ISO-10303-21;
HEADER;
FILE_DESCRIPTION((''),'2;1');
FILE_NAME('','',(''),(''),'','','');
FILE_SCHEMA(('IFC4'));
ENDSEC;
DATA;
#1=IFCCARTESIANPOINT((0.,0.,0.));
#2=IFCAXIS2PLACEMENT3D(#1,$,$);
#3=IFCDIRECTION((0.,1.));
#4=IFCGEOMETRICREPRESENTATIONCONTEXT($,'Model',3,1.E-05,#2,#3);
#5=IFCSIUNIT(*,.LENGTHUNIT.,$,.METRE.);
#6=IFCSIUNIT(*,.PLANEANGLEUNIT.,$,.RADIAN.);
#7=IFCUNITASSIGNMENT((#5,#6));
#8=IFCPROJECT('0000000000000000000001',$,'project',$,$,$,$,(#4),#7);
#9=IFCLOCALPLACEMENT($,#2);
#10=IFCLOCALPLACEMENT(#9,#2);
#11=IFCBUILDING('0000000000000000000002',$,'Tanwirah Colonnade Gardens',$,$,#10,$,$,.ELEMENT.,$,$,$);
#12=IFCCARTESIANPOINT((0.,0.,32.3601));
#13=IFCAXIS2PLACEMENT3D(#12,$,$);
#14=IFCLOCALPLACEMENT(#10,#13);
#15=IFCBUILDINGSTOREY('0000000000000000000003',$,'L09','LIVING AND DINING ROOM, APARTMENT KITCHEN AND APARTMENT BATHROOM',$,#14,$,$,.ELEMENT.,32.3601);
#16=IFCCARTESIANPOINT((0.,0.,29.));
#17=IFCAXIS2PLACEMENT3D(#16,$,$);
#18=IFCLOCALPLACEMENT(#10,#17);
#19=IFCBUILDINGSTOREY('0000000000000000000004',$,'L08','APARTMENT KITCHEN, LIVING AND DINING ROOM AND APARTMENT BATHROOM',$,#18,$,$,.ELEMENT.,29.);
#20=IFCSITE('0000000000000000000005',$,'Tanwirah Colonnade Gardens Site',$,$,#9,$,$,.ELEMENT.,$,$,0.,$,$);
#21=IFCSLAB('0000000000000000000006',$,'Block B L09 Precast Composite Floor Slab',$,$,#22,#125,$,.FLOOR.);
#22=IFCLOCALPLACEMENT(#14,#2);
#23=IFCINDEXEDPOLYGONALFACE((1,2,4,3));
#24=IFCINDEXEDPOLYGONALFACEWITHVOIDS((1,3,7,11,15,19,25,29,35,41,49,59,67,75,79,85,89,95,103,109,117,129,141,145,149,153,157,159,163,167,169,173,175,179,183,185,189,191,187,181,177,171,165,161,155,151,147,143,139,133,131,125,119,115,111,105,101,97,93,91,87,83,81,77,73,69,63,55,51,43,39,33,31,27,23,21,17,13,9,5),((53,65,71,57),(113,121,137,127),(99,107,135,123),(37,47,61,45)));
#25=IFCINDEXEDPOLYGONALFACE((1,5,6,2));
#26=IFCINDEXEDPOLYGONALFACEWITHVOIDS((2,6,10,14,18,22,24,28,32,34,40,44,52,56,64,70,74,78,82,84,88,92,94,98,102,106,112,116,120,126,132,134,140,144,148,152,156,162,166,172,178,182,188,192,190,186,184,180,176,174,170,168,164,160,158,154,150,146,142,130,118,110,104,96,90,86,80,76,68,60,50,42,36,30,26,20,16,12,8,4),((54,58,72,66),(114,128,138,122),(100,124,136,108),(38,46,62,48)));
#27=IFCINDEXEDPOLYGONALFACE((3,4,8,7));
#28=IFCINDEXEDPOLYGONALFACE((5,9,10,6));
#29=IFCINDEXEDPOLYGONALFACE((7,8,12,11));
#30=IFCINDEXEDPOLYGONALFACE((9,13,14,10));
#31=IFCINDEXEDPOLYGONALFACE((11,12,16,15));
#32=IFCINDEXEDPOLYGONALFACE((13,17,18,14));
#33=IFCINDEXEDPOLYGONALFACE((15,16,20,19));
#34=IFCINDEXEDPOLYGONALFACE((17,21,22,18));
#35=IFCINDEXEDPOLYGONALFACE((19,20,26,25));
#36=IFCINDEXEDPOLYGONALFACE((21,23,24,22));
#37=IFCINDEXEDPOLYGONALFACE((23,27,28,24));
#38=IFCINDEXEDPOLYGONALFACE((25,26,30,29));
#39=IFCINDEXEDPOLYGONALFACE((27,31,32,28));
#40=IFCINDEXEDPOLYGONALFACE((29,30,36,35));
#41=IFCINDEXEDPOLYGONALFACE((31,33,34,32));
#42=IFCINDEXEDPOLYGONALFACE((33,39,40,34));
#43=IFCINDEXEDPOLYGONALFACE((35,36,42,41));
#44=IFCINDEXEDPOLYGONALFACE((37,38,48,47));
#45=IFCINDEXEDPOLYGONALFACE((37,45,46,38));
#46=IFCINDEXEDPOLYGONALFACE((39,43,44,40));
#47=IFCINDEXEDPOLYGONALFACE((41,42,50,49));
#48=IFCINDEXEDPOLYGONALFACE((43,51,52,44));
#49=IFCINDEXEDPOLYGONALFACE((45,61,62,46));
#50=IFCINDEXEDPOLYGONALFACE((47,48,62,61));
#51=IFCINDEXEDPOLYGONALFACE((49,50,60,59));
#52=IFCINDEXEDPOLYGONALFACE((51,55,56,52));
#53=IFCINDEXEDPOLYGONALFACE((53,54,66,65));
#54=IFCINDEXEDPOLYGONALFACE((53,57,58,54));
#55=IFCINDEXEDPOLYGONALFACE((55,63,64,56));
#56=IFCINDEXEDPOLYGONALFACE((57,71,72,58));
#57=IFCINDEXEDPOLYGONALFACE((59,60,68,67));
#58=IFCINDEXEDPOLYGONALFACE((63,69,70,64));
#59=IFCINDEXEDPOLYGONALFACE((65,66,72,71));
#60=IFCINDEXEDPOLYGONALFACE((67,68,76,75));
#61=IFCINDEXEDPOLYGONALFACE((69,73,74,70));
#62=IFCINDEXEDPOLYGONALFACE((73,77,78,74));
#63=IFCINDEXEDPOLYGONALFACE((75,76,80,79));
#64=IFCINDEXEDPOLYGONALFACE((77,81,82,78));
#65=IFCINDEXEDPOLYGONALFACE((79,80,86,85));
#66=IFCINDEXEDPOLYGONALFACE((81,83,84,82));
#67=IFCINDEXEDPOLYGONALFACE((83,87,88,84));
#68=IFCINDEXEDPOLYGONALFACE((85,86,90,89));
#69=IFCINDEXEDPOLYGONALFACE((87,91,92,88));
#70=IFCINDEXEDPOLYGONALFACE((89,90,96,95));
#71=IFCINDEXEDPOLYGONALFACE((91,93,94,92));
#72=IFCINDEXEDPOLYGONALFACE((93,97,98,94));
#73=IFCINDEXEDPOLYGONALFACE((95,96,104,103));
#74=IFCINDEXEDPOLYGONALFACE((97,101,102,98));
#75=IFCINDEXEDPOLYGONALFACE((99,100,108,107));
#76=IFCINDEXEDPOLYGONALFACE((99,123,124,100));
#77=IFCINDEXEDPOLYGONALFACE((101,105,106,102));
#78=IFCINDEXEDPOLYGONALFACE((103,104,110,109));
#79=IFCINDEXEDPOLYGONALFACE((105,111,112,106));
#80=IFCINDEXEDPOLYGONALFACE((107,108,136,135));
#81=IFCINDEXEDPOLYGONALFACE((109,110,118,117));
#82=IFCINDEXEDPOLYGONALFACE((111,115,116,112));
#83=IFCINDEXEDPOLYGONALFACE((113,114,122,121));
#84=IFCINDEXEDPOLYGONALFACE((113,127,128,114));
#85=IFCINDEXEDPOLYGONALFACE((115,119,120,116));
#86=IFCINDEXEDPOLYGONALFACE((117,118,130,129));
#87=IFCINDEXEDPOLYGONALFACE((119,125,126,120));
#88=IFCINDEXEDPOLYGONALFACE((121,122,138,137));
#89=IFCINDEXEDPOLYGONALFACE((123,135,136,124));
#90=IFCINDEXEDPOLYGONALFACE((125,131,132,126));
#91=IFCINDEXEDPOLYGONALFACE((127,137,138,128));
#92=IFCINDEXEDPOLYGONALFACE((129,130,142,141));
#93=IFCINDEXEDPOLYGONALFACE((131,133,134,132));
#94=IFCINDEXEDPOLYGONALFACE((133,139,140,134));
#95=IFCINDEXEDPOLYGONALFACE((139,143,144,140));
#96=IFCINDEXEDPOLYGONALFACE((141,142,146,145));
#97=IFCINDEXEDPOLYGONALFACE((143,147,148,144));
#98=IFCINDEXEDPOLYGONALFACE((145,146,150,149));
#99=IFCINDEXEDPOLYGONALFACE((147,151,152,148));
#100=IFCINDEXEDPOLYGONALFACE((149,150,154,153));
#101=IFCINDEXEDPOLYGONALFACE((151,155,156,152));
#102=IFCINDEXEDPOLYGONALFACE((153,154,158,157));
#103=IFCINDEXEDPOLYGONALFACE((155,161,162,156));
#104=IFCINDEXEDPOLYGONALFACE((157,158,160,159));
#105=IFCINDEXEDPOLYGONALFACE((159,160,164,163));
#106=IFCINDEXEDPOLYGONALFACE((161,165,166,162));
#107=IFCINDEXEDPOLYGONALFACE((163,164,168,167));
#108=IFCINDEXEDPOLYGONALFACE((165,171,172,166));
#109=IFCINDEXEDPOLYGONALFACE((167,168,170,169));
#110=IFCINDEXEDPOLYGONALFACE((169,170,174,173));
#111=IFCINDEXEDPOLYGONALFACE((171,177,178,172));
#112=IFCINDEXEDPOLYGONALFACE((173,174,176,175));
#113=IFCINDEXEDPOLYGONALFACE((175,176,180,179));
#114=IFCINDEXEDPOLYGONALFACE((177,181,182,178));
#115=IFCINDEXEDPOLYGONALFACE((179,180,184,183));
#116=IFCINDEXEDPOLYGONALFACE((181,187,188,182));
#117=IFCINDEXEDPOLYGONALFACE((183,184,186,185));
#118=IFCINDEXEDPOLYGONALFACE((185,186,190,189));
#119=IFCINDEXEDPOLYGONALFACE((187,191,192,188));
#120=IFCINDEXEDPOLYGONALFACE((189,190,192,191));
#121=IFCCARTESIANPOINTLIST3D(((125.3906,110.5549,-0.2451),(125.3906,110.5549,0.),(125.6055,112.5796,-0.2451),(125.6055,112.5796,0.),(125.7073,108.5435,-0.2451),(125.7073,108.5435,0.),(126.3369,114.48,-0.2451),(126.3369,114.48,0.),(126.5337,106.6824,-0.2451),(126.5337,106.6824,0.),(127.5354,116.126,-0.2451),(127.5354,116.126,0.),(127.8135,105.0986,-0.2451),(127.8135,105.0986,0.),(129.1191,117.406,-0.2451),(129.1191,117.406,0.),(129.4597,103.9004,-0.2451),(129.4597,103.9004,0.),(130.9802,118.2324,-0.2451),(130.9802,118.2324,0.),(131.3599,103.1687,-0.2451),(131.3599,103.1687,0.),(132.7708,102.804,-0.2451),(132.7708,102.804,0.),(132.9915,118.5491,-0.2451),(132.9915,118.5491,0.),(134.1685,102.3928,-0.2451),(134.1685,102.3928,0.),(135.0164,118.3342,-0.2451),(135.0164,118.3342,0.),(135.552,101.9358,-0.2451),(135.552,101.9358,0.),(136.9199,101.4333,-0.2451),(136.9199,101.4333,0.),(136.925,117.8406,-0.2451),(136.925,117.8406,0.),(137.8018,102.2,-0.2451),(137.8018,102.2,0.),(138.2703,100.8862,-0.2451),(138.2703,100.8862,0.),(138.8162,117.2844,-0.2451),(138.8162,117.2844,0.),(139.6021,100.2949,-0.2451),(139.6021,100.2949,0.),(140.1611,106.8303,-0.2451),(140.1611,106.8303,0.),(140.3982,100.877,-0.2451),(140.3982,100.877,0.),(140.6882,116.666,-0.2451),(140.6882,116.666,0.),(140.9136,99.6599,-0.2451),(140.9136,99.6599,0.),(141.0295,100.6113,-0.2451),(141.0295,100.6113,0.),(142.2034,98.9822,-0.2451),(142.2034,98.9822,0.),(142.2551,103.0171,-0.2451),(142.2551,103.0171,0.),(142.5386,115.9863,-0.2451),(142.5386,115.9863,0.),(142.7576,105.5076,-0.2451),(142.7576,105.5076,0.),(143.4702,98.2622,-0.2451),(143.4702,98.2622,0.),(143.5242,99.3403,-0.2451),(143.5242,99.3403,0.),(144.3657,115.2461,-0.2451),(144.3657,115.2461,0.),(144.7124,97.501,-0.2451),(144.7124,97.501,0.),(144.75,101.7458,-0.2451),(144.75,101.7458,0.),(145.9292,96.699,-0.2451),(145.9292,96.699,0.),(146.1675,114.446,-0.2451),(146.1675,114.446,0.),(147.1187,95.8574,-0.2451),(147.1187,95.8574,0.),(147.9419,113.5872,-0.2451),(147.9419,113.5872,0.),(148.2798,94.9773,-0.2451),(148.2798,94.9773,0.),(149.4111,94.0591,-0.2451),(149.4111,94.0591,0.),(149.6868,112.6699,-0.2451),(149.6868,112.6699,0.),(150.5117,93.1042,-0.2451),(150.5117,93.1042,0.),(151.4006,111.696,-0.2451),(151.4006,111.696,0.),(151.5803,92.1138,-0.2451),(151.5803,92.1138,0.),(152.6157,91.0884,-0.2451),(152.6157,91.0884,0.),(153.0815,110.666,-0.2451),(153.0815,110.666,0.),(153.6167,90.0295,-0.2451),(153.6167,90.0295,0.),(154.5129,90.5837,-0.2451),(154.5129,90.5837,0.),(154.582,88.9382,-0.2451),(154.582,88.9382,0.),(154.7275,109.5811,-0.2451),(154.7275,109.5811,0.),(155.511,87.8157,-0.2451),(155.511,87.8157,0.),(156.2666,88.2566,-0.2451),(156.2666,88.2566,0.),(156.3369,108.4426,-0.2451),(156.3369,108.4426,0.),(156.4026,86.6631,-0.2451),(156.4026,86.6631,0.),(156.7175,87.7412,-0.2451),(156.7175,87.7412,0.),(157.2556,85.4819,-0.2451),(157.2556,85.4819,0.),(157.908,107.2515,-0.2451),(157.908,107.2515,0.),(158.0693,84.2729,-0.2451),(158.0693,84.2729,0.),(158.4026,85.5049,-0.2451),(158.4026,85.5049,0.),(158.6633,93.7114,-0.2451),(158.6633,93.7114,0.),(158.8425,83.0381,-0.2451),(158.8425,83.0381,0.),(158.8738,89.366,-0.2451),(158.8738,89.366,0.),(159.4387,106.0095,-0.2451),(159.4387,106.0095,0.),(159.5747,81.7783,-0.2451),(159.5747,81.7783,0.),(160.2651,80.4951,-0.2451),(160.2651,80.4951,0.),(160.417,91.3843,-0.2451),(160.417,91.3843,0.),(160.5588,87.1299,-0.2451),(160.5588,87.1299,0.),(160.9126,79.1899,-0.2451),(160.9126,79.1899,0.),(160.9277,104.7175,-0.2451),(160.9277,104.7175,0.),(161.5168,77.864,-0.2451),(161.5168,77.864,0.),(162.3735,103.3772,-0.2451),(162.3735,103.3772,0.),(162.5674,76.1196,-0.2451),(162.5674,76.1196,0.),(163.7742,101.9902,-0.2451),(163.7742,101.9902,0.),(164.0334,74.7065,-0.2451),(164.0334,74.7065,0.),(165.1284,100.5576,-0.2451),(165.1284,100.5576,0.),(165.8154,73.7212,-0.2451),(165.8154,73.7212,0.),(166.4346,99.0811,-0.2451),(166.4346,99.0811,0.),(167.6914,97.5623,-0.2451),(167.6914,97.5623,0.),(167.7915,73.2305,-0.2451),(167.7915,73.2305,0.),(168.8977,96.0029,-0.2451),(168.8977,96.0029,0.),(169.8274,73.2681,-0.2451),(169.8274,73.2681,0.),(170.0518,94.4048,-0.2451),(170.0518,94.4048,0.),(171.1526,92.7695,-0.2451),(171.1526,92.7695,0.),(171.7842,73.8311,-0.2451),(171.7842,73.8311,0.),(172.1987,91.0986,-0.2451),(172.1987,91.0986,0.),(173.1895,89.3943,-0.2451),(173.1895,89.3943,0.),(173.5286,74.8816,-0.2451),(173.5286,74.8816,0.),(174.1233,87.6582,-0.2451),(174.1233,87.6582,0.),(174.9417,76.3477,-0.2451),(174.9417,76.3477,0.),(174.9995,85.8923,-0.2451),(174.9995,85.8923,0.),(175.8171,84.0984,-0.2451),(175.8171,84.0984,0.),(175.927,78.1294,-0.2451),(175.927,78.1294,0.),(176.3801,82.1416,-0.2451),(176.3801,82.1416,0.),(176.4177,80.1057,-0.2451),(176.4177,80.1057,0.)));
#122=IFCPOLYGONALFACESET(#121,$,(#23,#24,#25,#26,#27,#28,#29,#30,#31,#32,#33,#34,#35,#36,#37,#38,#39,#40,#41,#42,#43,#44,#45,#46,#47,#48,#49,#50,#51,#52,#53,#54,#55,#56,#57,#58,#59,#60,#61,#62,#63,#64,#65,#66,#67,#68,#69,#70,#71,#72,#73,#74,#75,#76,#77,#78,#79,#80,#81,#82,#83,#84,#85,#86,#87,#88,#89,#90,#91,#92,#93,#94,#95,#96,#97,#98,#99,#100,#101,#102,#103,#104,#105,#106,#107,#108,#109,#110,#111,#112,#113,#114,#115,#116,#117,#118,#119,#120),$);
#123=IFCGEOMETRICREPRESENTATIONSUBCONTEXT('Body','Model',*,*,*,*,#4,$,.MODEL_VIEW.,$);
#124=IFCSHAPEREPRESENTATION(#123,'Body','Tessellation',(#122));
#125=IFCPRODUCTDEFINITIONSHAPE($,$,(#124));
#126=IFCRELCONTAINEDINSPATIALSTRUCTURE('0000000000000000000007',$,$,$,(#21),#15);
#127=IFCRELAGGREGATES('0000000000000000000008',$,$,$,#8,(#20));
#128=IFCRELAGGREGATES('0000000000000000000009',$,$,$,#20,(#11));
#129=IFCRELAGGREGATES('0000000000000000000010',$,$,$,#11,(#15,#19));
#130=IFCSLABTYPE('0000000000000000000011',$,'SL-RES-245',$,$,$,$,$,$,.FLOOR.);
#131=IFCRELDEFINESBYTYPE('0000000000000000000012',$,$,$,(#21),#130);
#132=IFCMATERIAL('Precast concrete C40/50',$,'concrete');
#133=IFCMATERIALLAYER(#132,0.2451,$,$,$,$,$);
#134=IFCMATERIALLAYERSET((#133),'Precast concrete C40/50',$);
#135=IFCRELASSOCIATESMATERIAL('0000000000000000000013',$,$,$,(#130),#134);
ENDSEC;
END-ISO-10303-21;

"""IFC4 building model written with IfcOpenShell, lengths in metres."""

from ifc_helpers import new_model, si_unit, direction, frame, origin, place, context, subcontext, project, spatial, polyline, outline, extrude, material, layer, layer_set, type_object, element, save


model = new_model("IFC4")

# Units and contexts
model_context = context("Model", 3, precision=1e-05, world=origin(), true_north=direction((0.0, 1.0)))
body_context = subcontext(model_context, "Body", "Model", "MODEL_VIEW")
ifc_project = project(units=[si_unit("LENGTHUNIT", "METRE"), si_unit("PLANEANGLEUNIT", "RADIAN")], contexts=[model_context])

# Site, building, storey
site_placement = place(None, origin())
site = spatial("IfcSite", under=ifc_project, at=site_placement, Name="Tanwirah Colonnade Gardens Site", CompositionType="ELEMENT", RefElevation=0.0)
building_placement = place(site_placement, origin())
building = spatial("IfcBuilding", under=site, at=building_placement, Name="Tanwirah Colonnade Gardens", CompositionType="ELEMENT")
storey_1_placement = place(building_placement, frame((0.0, 0.0, 32.3601)))
storey_1 = spatial("IfcBuildingStorey", under=building, at=storey_1_placement, Name="L09", Description="LIVING AND DINING ROOM, APARTMENT KITCHEN AND APARTMENT BATHROOM", CompositionType="ELEMENT", Elevation=32.3601)

# Shared definitions
ifc_material_1 = material(Name="Precast concrete C40/50", Category="concrete")

# Shared definitions
storey_2_placement = place(building_placement, frame((0.0, 0.0, 29.0)))
storey_2 = spatial("IfcBuildingStorey", under=building, at=storey_2_placement, Name="L08", Description="APARTMENT KITCHEN, LIVING AND DINING ROOM AND APARTMENT BATHROOM", CompositionType="ELEMENT", Elevation=29.0)

# Slab
ifc_layer_1 = layer(ifc_material_1, 0.2451)
ifc_layer_set_1 = layer_set([ifc_layer_1], Name="Precast concrete C40/50")
slab_type_1 = type_object("IfcSlabType", Name="SL-RES-245", PredefinedType="FLOOR", material=ifc_layer_set_1)
slab_1_placement = place(storey_1_placement, frame((0.0, 0.0, -0.2451)))
element("IfcSlab", 1, at=slab_1_placement, inside=storey_1, type_object=slab_type_1, Name="Block B L09 Precast Composite Floor Slab", PredefinedType="FLOOR", context=body_context, shape_type="SweptSolid", body=[
    extrude(outline(polyline([(160.2651, 80.4951), (160.9126, 79.1899), (161.5168, 77.864), (162.5674, 76.1196), (164.0334, 74.7065), (165.8154, 73.7212), (167.7915, 73.2305), (169.8274, 73.2681), (171.7842, 73.8311), (173.5286, 74.8816), (174.9417, 76.3477), (175.927, 78.1294), (176.4177, 80.1057), (176.3801, 82.1416), (175.8171, 84.0984), (174.9995, 85.8923), (174.1233, 87.6582), (173.1895, 89.3943), (172.1987, 91.0986), (171.1526, 92.7695), (170.0518, 94.4048), (168.8977, 96.0029), (167.6914, 97.5623), (166.4346, 99.0811), (165.1284, 100.5576), (163.7742, 101.9902), (162.3735, 103.3772), (160.9277, 104.7175), (159.4387, 106.0095), (157.908, 107.2515), (156.3369, 108.4426), (154.7275, 109.5811), (153.0815, 110.666), (151.4006, 111.696), (149.6868, 112.6699), (147.9419, 113.5872), (146.1675, 114.446), (144.3657, 115.2461), (142.5386, 115.9863), (140.6882, 116.666), (138.8162, 117.2844), (136.925, 117.8406), (135.0164, 118.3342), (132.9915, 118.5491), (130.9802, 118.2324), (129.1191, 117.406), (127.5354, 116.126), (126.3369, 114.48), (125.6055, 112.5796), (125.3906, 110.5549), (125.7073, 108.5435), (126.5337, 106.6824), (127.8135, 105.0986), (129.4597, 103.9004), (131.3599, 103.1687), (132.7708, 102.804), (134.1685, 102.3928), (135.552, 101.9358), (136.9199, 101.4333), (138.2703, 100.8862), (139.6021, 100.2949), (140.9136, 99.6599), (142.2034, 98.9822), (143.4702, 98.2622), (144.7124, 97.501), (145.9292, 96.699), (147.1187, 95.8574), (148.2798, 94.9773), (149.4111, 94.0591), (150.5117, 93.1042), (151.5803, 92.1138), (152.6157, 91.0884), (153.6167, 90.0295), (154.582, 88.9382), (155.511, 87.8157), (156.4026, 86.6631), (157.2556, 85.4819), (158.0693, 84.2729), (158.8425, 83.0381), (159.5747, 81.7783), (160.2651, 80.4951)]), holes=[polyline([(160.417, 91.3843), (156.2666, 88.2566), (154.5129, 90.5837), (158.6633, 93.7114), (160.417, 91.3843)]), polyline([(158.4026, 85.5049), (156.7175, 87.7412), (158.8738, 89.366), (160.5588, 87.1299), (158.4026, 85.5049)]), polyline([(137.8018, 102.2), (140.1611, 106.8303), (142.7576, 105.5076), (140.3982, 100.877), (137.8018, 102.2)]), polyline([(142.2551, 103.0171), (144.75, 101.7458), (143.5242, 99.3403), (141.0295, 100.6113), (142.2551, 103.0171)])]), origin(), (0.0, 0.0, 1.0), 0.2451),
])

save(model, "model.ifc")
